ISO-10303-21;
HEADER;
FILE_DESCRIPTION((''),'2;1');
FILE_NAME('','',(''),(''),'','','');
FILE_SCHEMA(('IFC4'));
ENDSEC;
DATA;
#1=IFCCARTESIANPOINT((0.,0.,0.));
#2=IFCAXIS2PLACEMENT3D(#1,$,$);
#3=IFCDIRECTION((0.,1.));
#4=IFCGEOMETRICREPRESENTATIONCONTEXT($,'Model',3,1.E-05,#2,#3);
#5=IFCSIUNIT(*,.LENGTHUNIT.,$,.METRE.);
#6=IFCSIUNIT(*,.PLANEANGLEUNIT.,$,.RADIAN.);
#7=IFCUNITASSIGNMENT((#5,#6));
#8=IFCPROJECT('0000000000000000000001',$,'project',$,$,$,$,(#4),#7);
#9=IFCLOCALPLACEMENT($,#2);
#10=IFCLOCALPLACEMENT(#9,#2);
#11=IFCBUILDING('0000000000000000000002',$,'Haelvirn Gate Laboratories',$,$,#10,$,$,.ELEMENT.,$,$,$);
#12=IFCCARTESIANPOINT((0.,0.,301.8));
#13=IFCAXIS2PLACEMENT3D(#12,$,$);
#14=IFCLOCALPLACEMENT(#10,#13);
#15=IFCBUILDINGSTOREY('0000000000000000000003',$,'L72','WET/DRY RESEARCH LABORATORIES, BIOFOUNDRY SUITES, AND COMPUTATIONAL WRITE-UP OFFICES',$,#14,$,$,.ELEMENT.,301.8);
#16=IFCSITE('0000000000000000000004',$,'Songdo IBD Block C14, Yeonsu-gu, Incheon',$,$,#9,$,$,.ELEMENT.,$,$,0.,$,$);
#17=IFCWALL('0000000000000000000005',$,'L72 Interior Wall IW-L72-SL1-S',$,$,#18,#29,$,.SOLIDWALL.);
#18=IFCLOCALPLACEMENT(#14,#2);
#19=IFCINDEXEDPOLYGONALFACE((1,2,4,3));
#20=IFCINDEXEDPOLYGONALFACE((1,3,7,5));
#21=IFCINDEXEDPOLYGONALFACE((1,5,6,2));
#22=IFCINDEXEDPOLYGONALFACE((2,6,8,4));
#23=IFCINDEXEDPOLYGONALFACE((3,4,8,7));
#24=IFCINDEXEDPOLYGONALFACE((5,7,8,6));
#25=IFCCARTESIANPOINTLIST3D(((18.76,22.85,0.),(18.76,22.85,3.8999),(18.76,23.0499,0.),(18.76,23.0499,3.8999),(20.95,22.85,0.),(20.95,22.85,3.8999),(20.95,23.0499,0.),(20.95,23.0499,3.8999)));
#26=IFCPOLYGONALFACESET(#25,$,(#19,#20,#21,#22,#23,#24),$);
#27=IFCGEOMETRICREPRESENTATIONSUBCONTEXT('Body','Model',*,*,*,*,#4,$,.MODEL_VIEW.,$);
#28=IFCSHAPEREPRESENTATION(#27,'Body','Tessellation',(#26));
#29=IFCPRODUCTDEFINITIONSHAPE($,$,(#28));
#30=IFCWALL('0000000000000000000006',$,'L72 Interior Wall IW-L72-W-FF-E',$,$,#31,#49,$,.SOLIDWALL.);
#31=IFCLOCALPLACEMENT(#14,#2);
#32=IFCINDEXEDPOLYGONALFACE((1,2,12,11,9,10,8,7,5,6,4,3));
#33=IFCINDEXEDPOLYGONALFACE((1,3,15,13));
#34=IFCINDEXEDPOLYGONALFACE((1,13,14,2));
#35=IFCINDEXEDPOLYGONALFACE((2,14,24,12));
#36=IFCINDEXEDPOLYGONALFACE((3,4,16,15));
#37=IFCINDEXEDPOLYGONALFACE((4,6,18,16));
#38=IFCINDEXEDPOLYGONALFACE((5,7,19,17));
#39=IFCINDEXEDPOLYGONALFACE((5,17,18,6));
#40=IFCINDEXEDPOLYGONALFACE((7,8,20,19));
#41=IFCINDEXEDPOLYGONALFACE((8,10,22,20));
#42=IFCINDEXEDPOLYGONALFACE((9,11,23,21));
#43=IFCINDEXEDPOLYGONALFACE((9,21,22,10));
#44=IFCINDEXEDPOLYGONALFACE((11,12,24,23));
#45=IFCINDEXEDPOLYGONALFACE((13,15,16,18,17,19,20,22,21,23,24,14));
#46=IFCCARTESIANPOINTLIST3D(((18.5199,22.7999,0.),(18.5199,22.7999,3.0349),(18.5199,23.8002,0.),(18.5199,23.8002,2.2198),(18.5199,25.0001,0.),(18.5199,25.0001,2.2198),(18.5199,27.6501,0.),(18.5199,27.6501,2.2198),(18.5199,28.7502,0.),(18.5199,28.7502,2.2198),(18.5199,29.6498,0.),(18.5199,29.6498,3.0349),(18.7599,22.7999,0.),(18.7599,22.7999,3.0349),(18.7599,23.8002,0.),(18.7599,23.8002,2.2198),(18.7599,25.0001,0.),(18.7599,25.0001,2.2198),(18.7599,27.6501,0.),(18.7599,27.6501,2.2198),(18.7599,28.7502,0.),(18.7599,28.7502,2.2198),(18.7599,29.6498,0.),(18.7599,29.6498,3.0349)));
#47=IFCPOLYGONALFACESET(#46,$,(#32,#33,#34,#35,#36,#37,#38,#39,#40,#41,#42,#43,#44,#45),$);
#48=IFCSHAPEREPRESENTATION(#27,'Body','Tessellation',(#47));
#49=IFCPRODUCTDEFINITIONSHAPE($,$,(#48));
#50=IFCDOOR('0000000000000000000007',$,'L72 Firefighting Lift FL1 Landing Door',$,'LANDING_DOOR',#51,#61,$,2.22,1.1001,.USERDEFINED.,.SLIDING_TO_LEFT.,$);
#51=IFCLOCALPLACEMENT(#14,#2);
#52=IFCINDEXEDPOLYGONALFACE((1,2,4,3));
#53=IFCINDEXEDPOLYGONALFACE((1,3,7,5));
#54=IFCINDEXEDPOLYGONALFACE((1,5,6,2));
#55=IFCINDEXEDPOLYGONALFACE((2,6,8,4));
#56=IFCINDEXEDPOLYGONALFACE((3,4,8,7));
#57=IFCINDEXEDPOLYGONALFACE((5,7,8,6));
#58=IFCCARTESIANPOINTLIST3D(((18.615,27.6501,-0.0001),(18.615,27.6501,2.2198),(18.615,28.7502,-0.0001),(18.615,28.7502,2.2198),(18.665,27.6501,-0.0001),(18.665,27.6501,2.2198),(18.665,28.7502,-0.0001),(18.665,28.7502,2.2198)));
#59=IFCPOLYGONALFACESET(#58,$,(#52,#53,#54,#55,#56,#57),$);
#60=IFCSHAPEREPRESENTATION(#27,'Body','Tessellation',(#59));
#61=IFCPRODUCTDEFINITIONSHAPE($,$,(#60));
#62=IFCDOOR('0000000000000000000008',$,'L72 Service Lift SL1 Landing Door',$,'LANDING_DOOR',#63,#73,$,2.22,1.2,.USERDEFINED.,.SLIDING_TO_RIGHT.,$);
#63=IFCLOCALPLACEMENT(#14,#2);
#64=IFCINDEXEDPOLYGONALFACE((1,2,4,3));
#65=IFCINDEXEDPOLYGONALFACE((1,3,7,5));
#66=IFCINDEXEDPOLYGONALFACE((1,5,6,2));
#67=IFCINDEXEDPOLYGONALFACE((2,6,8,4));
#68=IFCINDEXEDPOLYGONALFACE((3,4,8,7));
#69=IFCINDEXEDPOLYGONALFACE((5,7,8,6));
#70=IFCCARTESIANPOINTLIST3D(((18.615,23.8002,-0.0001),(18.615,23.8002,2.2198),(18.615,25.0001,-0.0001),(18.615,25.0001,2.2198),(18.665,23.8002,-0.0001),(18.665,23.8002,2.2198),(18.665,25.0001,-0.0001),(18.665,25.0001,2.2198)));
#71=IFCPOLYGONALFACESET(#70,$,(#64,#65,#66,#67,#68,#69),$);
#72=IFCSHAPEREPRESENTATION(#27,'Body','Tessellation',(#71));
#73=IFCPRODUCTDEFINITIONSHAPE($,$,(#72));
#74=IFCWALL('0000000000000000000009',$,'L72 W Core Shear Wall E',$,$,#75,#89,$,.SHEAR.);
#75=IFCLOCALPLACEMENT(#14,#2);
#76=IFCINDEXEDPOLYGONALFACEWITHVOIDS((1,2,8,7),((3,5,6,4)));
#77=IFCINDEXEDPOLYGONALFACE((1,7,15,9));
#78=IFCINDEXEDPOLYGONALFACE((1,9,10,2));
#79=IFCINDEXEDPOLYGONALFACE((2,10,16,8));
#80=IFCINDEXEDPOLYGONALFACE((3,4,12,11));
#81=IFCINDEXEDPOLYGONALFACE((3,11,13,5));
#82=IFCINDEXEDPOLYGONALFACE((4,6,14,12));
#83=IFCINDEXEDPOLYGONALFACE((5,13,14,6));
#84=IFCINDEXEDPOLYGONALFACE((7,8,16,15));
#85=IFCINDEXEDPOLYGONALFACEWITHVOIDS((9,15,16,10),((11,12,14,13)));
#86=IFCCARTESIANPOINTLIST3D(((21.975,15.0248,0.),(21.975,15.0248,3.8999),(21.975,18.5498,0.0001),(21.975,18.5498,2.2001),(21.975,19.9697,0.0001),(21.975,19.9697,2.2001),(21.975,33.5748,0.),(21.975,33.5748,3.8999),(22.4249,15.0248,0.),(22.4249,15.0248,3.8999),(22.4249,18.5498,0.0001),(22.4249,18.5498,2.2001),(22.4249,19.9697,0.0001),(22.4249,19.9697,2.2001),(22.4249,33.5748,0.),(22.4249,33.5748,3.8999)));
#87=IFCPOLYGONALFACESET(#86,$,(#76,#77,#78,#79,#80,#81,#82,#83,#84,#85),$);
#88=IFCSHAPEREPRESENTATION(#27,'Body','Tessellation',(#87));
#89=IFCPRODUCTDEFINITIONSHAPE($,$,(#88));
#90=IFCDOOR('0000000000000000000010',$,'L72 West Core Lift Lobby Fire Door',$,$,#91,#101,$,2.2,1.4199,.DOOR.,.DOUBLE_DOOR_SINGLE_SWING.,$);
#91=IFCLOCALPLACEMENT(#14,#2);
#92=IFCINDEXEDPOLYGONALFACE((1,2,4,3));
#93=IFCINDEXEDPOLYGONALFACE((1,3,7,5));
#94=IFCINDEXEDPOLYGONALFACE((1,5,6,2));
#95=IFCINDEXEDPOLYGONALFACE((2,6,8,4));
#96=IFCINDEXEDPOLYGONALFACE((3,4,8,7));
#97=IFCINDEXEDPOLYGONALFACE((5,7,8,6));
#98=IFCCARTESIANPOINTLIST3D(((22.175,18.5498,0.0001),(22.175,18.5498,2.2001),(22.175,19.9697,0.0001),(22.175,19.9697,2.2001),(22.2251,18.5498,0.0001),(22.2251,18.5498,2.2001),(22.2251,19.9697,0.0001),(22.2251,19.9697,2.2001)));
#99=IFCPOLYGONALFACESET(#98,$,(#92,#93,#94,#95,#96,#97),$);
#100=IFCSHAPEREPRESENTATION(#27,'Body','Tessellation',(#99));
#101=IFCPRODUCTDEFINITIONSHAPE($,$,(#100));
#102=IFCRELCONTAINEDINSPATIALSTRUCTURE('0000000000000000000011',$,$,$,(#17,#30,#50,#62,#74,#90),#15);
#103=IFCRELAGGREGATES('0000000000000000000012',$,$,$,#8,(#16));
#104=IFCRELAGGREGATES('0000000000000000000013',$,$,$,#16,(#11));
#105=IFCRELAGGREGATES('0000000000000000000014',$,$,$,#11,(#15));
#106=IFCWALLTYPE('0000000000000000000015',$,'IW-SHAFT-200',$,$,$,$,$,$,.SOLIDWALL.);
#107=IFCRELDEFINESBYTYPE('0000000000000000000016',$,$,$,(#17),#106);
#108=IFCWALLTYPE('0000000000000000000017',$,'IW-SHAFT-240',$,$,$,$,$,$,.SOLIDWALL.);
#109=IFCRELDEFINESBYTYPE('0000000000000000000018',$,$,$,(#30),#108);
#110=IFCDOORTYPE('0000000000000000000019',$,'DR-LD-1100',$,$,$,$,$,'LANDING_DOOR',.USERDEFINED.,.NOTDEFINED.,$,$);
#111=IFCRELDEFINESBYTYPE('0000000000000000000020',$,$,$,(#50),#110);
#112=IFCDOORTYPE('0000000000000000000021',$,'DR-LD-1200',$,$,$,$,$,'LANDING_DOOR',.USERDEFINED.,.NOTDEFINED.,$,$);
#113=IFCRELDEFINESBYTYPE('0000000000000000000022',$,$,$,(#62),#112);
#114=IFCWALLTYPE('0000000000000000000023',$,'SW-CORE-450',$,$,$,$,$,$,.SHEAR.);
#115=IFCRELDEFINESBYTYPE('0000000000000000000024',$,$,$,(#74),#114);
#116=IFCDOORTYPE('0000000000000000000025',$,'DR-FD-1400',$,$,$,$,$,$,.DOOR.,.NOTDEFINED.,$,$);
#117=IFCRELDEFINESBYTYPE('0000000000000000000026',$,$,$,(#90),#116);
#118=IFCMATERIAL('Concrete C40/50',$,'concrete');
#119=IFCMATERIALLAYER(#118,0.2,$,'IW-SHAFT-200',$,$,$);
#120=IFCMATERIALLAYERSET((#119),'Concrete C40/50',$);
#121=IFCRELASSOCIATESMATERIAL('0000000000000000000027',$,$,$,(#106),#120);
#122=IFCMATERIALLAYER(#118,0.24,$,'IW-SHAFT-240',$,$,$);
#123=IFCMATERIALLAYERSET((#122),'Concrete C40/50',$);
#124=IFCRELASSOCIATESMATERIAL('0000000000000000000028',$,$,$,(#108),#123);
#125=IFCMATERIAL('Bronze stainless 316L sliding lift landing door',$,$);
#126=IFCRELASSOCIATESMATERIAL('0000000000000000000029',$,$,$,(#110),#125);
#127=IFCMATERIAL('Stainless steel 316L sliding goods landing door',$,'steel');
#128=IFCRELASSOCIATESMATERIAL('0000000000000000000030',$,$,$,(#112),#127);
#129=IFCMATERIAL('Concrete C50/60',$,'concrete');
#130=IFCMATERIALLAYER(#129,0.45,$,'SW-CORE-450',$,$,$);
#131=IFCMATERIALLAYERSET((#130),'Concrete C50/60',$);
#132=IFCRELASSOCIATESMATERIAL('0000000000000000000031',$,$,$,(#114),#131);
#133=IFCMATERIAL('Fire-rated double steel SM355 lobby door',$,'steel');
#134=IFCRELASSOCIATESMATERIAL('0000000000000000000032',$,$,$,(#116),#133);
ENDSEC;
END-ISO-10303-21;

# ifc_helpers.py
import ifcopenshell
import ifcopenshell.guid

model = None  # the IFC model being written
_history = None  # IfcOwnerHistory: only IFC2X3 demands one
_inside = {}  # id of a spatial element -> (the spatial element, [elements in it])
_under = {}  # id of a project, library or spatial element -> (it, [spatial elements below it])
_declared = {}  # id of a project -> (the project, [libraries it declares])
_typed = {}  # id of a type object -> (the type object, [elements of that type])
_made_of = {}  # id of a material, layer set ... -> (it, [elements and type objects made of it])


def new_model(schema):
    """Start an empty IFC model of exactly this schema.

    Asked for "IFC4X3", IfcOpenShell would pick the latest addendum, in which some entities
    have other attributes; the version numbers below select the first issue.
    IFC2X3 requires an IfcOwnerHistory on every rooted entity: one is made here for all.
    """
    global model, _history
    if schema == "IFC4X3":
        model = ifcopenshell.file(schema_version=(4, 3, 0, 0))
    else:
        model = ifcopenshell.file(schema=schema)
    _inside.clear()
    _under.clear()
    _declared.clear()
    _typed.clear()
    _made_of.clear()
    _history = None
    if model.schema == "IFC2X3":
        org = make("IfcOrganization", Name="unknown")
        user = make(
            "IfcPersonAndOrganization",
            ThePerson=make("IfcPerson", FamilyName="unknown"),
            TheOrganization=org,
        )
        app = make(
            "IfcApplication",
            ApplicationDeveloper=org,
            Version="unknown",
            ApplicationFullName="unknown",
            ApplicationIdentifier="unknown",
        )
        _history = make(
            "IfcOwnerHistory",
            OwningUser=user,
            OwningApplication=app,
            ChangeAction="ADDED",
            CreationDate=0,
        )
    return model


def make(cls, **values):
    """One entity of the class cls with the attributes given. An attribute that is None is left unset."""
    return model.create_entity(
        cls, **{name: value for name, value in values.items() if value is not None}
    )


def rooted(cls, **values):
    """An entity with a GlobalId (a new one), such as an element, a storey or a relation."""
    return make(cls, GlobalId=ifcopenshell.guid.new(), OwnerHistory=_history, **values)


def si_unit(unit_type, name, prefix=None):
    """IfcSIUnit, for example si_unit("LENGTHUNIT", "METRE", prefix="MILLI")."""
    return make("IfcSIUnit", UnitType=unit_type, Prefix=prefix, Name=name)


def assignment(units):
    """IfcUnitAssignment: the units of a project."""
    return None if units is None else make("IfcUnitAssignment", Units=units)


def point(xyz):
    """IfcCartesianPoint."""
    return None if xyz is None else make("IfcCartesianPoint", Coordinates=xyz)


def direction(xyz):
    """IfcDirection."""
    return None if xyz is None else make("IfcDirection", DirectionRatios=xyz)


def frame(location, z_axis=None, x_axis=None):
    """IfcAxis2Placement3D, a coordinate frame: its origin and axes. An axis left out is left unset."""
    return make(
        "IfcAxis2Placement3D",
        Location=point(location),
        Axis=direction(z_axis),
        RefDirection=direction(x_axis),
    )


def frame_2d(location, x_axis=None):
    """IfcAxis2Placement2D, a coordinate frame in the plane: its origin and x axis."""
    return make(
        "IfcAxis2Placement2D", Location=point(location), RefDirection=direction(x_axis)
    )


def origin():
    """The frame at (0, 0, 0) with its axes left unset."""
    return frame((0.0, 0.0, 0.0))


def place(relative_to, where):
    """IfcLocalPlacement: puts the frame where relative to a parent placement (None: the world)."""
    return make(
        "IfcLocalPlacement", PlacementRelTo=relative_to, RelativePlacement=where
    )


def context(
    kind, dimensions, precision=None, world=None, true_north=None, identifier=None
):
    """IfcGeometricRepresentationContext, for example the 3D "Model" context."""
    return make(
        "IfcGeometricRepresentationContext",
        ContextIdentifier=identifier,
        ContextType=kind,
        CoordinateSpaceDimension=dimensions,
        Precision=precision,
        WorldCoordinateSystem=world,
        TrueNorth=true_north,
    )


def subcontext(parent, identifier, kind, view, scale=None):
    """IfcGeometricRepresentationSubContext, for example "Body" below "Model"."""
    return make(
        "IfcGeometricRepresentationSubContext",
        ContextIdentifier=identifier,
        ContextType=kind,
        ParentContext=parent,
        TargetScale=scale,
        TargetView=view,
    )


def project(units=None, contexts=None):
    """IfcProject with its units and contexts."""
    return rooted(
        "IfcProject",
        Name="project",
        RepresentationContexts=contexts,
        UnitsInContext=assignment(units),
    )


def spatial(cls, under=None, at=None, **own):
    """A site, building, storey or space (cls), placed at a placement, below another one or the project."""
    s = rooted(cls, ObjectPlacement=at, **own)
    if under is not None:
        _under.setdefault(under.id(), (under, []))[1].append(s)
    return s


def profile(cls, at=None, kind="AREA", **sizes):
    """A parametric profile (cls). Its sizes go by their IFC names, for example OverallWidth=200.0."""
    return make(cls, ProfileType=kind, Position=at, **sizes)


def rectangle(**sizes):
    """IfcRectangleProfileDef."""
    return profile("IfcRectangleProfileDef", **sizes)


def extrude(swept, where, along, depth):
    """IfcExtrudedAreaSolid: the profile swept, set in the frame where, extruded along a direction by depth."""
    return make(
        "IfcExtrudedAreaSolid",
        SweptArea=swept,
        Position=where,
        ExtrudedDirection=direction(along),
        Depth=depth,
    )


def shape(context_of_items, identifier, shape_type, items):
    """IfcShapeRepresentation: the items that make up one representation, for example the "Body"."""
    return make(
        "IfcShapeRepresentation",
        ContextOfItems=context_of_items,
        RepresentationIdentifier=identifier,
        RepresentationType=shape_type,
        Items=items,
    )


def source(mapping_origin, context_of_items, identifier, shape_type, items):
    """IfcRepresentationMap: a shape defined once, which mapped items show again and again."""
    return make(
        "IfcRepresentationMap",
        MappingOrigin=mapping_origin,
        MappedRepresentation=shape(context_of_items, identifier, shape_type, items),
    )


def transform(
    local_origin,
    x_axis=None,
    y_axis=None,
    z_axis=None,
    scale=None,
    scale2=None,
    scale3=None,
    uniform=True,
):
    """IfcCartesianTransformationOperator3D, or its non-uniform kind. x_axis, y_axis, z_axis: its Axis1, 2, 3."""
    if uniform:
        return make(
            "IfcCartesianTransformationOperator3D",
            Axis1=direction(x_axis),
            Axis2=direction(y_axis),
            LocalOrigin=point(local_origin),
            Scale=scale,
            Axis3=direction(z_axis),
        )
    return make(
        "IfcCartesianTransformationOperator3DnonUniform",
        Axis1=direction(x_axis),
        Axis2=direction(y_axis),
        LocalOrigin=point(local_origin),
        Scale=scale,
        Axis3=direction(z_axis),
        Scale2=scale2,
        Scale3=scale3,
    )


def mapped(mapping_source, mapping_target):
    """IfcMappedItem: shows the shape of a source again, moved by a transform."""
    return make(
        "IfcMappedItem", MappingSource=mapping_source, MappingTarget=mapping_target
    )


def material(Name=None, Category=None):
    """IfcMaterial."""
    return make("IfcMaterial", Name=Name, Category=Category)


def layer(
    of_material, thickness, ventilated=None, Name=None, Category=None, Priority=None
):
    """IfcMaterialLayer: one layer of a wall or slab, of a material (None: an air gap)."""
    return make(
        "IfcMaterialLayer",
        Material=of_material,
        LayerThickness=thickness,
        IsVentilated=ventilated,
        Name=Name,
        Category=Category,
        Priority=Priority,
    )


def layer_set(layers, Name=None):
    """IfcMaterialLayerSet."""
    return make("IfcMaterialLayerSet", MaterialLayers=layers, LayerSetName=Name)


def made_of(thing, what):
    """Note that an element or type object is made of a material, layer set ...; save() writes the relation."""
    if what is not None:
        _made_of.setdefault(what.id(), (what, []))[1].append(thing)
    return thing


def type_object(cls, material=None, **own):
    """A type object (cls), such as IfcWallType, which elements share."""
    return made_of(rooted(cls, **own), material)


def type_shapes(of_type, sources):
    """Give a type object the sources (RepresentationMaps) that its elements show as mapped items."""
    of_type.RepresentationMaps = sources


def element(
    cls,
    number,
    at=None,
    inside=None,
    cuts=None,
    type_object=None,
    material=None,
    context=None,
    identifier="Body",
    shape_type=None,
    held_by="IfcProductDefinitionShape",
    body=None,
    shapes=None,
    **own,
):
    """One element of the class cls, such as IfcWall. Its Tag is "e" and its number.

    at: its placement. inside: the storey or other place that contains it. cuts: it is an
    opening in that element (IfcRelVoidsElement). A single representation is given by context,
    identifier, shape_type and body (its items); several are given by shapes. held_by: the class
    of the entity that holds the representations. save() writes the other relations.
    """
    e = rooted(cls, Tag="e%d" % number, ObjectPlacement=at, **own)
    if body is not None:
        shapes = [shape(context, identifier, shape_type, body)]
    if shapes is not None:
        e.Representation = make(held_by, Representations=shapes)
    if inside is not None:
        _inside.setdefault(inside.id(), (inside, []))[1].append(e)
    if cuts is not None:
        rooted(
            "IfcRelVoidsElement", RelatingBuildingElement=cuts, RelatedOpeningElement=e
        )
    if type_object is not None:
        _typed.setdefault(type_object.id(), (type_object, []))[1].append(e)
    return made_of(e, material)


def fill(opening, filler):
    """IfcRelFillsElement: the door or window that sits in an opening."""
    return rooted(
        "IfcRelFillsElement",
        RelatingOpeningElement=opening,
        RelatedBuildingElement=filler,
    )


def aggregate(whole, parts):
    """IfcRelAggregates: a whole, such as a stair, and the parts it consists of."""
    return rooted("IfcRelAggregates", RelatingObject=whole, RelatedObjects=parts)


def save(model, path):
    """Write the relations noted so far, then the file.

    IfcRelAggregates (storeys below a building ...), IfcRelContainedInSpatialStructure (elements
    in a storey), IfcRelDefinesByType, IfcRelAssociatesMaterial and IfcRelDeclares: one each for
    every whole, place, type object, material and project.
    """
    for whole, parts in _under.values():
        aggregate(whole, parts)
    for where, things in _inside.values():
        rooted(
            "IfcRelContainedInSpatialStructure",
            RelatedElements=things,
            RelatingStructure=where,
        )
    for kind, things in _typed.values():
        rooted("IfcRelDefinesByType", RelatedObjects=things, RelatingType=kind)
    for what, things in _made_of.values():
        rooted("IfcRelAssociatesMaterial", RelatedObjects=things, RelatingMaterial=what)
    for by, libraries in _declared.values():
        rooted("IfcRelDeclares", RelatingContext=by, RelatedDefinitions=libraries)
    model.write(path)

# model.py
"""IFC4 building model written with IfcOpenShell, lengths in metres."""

from ifc_helpers import new_model, si_unit, direction, frame, frame_2d, origin, place, context, subcontext, project, spatial, rectangle, extrude, source, transform, mapped, material, layer, layer_set, type_object, type_shapes, element, fill, save


model = new_model("IFC4")

# Units and contexts
model_context = context("Model", 3, precision=1e-05, world=origin(), true_north=direction((0.0, 1.0)))
body_context = subcontext(model_context, "Body", "Model", "MODEL_VIEW")
ifc_project = project(units=[si_unit("LENGTHUNIT", "METRE"), si_unit("PLANEANGLEUNIT", "RADIAN")], contexts=[model_context])

# Site, building, storey
site_placement = place(None, origin())
site = spatial("IfcSite", under=ifc_project, at=site_placement, Name="Songdo IBD Block C14, Yeonsu-gu, Incheon", CompositionType="ELEMENT", RefElevation=0.0)
building_placement = place(site_placement, origin())
building = spatial("IfcBuilding", under=site, at=building_placement, Name="Haelvirn Gate Laboratories", CompositionType="ELEMENT")
storey_placement = place(building_placement, frame((0.0, 0.0, 301.8)))
storey = spatial("IfcBuildingStorey", under=building, at=storey_placement, Name="L72", Description="WET/DRY RESEARCH LABORATORIES, BIOFOUNDRY SUITES, AND COMPUTATIONAL WRITE-UP OFFICES", CompositionType="ELEMENT", Elevation=301.8)

# Shared definitions
ifc_material_1 = material(Name="Concrete C50/60", Category="concrete")

# Wall
ifc_material_2 = material(Name="Concrete C40/50", Category="concrete")
ifc_layer_1 = layer(ifc_material_2, 0.2, Name="IW-SHAFT-200")
ifc_layer_set_1 = layer_set([ifc_layer_1], Name="Concrete C40/50")
wall_type_1 = type_object("IfcWallType", Name="IW-SHAFT-200", PredefinedType="SOLIDWALL", material=ifc_layer_set_1)
wall_1_placement = place(storey_placement, frame((18.76, 22.95, 0.0), z_axis=(0.0, 0.0, 1.0), x_axis=(1.0, 0.0, 0.0)))
element("IfcWall", 1, at=wall_1_placement, inside=storey, type_object=wall_type_1, Name="L72 Interior Wall IW-L72-SL1-S", PredefinedType="SOLIDWALL", context=body_context, shape_type="SweptSolid", body=[
    extrude(rectangle(XDim=2.1899, YDim=0.2, at=frame_2d((1.095, 0.0))), origin(), (0.0, 0.0, 1.0), 3.8999),
])

# Wall, openings, doors
ifc_layer_2 = layer(ifc_material_2, 0.24, Name="IW-SHAFT-240")
ifc_layer_set_2 = layer_set([ifc_layer_2], Name="Concrete C40/50")
wall_type_2 = type_object("IfcWallType", Name="IW-SHAFT-240", PredefinedType="SOLIDWALL", material=ifc_layer_set_2)
wall_2_placement = place(storey_placement, frame((18.6399, 22.8, 0.0), z_axis=(0.0, 0.0, 1.0), x_axis=(0.0, 1.0, 0.0)))
wall_2 = element("IfcWall", 2, at=wall_2_placement, inside=storey, type_object=wall_type_2, Name="L72 Interior Wall IW-L72-W-FF-E", PredefinedType="SOLIDWALL", context=body_context, shape_type="SweptSolid", body=[
    extrude(rectangle(XDim=6.8499, YDim=0.24, at=frame_2d((3.4248, 0.0))), origin(), (0.0, 0.0, 1.0), 3.0349),
])
opening_1_placement = place(wall_2_placement, frame((4.8501, 0.0, 0.0)))
opening_1 = element("IfcOpeningElement", 3, at=opening_1_placement, cuts=wall_2, PredefinedType="OPENING", context=body_context, shape_type="SweptSolid", body=[
    extrude(rectangle(XDim=1.1001, YDim=2.22, at=frame_2d((0.55, 1.1099))), frame((0.0, 0.1299, 0.0), z_axis=(0.0, -1.0, 0.0), x_axis=(1.0, 0.0, 0.0)), (0.0, 0.0, 1.0), 0.26),
])
opening_2_placement = place(wall_2_placement, frame((1.0, 0.0, 0.0)))
opening_2 = element("IfcOpeningElement", 4, at=opening_2_placement, cuts=wall_2, PredefinedType="OPENING", context=body_context, shape_type="SweptSolid", body=[
    extrude(rectangle(XDim=1.2, YDim=2.22, at=frame_2d((0.6001, 1.1099))), frame((0.0, 0.1299, 0.0), z_axis=(0.0, -1.0, 0.0), x_axis=(1.0, 0.0, 0.0)), (0.0, 0.0, 1.0), 0.26),
])
ifc_material_3 = material(Name="Bronze stainless 316L sliding lift landing door")
door_type_1 = type_object("IfcDoorType", Name="DR-LD-1100", ElementType="LANDING_DOOR", OperationType="NOTDEFINED", PredefinedType="USERDEFINED", material=ifc_material_3)
shared_shape_1 = source(origin(), body_context, "Body", "SweptSolid", [
    extrude(rectangle(XDim=1.1001, YDim=2.22, at=frame_2d((0.55, 1.1099))), frame((0.0, 0.0249, 0.0), z_axis=(0.0, -1.0, 0.0), x_axis=(1.0, 0.0, 0.0)), (0.0, 0.0, 1.0), 0.05),
])
type_shapes(door_type_1, [shared_shape_1])
door_1_placement = place(opening_1_placement, origin())
door_1 = element("IfcDoor", 5, at=door_1_placement, inside=storey, type_object=door_type_1, Name="L72 Firefighting Lift FL1 Landing Door", ObjectType="LANDING_DOOR", OperationType="SLIDING_TO_LEFT", OverallHeight=2.22, OverallWidth=1.1001, PredefinedType="USERDEFINED", context=body_context, shape_type="MappedRepresentation", body=[
    mapped(shared_shape_1, transform((0.0, 0.0, 0.0), scale=1.0)),
])
fill(opening_1, door_1)
ifc_material_4 = material(Name="Stainless steel 316L sliding goods landing door", Category="steel")
door_type_2 = type_object("IfcDoorType", Name="DR-LD-1200", ElementType="LANDING_DOOR", OperationType="NOTDEFINED", PredefinedType="USERDEFINED", material=ifc_material_4)
shared_shape_2 = source(origin(), body_context, "Body", "SweptSolid", [
    extrude(rectangle(XDim=1.2, YDim=2.22, at=frame_2d((0.6001, 1.1099))), frame((0.0, 0.0249, 0.0), z_axis=(0.0, -1.0, 0.0), x_axis=(1.0, 0.0, 0.0)), (0.0, 0.0, 1.0), 0.05),
])
type_shapes(door_type_2, [shared_shape_2])
door_2_placement = place(opening_2_placement, origin())
door_2 = element("IfcDoor", 6, at=door_2_placement, inside=storey, type_object=door_type_2, Name="L72 Service Lift SL1 Landing Door", ObjectType="LANDING_DOOR", OperationType="SLIDING_TO_RIGHT", OverallHeight=2.22, OverallWidth=1.2, PredefinedType="USERDEFINED", context=body_context, shape_type="MappedRepresentation", body=[
    mapped(shared_shape_2, transform((0.0, 0.0, 0.0), scale=1.0)),
])
fill(opening_2, door_2)

# Wall, opening, door
ifc_layer_3 = layer(ifc_material_1, 0.45, Name="SW-CORE-450")
ifc_layer_set_3 = layer_set([ifc_layer_3], Name="Concrete C50/60")
wall_type_3 = type_object("IfcWallType", Name="SW-CORE-450", PredefinedType="SHEAR", material=ifc_layer_set_3)
wall_3_placement = place(storey_placement, frame((22.2, 15.0249, 0.0), z_axis=(0.0, 0.0, 1.0), x_axis=(0.0, 1.0, 0.0)))
wall_3 = element("IfcWall", 7, at=wall_3_placement, inside=storey, type_object=wall_type_3, Name="L72 W Core Shear Wall E", PredefinedType="SHEAR", context=body_context, shape_type="SweptSolid", body=[
    extrude(rectangle(XDim=18.55, YDim=0.45, at=frame_2d((9.2749, 0.0))), origin(), (0.0, 0.0, 1.0), 3.8999),
])
opening_3_placement = place(wall_3_placement, frame((3.5249, 0.0, 0.0)))
opening_3 = element("IfcOpeningElement", 8, at=opening_3_placement, cuts=wall_3, PredefinedType="OPENING", context=body_context, shape_type="SweptSolid", body=[
    extrude(rectangle(XDim=1.4199, YDim=2.2, at=frame_2d((0.71, 1.1001))), frame((0.0, 0.2349, 0.0), z_axis=(0.0, -1.0, 0.0), x_axis=(1.0, 0.0, 0.0)), (0.0, 0.0, 1.0), 0.47),
])
ifc_material_5 = material(Name="Fire-rated double steel SM355 lobby door", Category="steel")
door_type_3 = type_object("IfcDoorType", Name="DR-FD-1400", OperationType="NOTDEFINED", PredefinedType="DOOR", material=ifc_material_5)
shared_shape_3 = source(origin(), body_context, "Body", "SweptSolid", [
    extrude(rectangle(XDim=1.4199, YDim=2.2, at=frame_2d((0.71, 1.1001))), frame((0.0, 0.0249, 0.0), z_axis=(0.0, -1.0, 0.0), x_axis=(1.0, 0.0, 0.0)), (0.0, 0.0, 1.0), 0.05),
])
type_shapes(door_type_3, [shared_shape_3])
door_3_placement = place(opening_3_placement, origin())
door_3 = element("IfcDoor", 9, at=door_3_placement, inside=storey, type_object=door_type_3, Name="L72 West Core Lift Lobby Fire Door", OperationType="DOUBLE_DOOR_SINGLE_SWING", OverallHeight=2.2, OverallWidth=1.4199, PredefinedType="DOOR", context=body_context, shape_type="MappedRepresentation", body=[
    mapped(shared_shape_3, transform((0.0, 0.0, 0.0), scale=1.0)),
])
fill(opening_3, door_3)

save(model, "model.ifc")
